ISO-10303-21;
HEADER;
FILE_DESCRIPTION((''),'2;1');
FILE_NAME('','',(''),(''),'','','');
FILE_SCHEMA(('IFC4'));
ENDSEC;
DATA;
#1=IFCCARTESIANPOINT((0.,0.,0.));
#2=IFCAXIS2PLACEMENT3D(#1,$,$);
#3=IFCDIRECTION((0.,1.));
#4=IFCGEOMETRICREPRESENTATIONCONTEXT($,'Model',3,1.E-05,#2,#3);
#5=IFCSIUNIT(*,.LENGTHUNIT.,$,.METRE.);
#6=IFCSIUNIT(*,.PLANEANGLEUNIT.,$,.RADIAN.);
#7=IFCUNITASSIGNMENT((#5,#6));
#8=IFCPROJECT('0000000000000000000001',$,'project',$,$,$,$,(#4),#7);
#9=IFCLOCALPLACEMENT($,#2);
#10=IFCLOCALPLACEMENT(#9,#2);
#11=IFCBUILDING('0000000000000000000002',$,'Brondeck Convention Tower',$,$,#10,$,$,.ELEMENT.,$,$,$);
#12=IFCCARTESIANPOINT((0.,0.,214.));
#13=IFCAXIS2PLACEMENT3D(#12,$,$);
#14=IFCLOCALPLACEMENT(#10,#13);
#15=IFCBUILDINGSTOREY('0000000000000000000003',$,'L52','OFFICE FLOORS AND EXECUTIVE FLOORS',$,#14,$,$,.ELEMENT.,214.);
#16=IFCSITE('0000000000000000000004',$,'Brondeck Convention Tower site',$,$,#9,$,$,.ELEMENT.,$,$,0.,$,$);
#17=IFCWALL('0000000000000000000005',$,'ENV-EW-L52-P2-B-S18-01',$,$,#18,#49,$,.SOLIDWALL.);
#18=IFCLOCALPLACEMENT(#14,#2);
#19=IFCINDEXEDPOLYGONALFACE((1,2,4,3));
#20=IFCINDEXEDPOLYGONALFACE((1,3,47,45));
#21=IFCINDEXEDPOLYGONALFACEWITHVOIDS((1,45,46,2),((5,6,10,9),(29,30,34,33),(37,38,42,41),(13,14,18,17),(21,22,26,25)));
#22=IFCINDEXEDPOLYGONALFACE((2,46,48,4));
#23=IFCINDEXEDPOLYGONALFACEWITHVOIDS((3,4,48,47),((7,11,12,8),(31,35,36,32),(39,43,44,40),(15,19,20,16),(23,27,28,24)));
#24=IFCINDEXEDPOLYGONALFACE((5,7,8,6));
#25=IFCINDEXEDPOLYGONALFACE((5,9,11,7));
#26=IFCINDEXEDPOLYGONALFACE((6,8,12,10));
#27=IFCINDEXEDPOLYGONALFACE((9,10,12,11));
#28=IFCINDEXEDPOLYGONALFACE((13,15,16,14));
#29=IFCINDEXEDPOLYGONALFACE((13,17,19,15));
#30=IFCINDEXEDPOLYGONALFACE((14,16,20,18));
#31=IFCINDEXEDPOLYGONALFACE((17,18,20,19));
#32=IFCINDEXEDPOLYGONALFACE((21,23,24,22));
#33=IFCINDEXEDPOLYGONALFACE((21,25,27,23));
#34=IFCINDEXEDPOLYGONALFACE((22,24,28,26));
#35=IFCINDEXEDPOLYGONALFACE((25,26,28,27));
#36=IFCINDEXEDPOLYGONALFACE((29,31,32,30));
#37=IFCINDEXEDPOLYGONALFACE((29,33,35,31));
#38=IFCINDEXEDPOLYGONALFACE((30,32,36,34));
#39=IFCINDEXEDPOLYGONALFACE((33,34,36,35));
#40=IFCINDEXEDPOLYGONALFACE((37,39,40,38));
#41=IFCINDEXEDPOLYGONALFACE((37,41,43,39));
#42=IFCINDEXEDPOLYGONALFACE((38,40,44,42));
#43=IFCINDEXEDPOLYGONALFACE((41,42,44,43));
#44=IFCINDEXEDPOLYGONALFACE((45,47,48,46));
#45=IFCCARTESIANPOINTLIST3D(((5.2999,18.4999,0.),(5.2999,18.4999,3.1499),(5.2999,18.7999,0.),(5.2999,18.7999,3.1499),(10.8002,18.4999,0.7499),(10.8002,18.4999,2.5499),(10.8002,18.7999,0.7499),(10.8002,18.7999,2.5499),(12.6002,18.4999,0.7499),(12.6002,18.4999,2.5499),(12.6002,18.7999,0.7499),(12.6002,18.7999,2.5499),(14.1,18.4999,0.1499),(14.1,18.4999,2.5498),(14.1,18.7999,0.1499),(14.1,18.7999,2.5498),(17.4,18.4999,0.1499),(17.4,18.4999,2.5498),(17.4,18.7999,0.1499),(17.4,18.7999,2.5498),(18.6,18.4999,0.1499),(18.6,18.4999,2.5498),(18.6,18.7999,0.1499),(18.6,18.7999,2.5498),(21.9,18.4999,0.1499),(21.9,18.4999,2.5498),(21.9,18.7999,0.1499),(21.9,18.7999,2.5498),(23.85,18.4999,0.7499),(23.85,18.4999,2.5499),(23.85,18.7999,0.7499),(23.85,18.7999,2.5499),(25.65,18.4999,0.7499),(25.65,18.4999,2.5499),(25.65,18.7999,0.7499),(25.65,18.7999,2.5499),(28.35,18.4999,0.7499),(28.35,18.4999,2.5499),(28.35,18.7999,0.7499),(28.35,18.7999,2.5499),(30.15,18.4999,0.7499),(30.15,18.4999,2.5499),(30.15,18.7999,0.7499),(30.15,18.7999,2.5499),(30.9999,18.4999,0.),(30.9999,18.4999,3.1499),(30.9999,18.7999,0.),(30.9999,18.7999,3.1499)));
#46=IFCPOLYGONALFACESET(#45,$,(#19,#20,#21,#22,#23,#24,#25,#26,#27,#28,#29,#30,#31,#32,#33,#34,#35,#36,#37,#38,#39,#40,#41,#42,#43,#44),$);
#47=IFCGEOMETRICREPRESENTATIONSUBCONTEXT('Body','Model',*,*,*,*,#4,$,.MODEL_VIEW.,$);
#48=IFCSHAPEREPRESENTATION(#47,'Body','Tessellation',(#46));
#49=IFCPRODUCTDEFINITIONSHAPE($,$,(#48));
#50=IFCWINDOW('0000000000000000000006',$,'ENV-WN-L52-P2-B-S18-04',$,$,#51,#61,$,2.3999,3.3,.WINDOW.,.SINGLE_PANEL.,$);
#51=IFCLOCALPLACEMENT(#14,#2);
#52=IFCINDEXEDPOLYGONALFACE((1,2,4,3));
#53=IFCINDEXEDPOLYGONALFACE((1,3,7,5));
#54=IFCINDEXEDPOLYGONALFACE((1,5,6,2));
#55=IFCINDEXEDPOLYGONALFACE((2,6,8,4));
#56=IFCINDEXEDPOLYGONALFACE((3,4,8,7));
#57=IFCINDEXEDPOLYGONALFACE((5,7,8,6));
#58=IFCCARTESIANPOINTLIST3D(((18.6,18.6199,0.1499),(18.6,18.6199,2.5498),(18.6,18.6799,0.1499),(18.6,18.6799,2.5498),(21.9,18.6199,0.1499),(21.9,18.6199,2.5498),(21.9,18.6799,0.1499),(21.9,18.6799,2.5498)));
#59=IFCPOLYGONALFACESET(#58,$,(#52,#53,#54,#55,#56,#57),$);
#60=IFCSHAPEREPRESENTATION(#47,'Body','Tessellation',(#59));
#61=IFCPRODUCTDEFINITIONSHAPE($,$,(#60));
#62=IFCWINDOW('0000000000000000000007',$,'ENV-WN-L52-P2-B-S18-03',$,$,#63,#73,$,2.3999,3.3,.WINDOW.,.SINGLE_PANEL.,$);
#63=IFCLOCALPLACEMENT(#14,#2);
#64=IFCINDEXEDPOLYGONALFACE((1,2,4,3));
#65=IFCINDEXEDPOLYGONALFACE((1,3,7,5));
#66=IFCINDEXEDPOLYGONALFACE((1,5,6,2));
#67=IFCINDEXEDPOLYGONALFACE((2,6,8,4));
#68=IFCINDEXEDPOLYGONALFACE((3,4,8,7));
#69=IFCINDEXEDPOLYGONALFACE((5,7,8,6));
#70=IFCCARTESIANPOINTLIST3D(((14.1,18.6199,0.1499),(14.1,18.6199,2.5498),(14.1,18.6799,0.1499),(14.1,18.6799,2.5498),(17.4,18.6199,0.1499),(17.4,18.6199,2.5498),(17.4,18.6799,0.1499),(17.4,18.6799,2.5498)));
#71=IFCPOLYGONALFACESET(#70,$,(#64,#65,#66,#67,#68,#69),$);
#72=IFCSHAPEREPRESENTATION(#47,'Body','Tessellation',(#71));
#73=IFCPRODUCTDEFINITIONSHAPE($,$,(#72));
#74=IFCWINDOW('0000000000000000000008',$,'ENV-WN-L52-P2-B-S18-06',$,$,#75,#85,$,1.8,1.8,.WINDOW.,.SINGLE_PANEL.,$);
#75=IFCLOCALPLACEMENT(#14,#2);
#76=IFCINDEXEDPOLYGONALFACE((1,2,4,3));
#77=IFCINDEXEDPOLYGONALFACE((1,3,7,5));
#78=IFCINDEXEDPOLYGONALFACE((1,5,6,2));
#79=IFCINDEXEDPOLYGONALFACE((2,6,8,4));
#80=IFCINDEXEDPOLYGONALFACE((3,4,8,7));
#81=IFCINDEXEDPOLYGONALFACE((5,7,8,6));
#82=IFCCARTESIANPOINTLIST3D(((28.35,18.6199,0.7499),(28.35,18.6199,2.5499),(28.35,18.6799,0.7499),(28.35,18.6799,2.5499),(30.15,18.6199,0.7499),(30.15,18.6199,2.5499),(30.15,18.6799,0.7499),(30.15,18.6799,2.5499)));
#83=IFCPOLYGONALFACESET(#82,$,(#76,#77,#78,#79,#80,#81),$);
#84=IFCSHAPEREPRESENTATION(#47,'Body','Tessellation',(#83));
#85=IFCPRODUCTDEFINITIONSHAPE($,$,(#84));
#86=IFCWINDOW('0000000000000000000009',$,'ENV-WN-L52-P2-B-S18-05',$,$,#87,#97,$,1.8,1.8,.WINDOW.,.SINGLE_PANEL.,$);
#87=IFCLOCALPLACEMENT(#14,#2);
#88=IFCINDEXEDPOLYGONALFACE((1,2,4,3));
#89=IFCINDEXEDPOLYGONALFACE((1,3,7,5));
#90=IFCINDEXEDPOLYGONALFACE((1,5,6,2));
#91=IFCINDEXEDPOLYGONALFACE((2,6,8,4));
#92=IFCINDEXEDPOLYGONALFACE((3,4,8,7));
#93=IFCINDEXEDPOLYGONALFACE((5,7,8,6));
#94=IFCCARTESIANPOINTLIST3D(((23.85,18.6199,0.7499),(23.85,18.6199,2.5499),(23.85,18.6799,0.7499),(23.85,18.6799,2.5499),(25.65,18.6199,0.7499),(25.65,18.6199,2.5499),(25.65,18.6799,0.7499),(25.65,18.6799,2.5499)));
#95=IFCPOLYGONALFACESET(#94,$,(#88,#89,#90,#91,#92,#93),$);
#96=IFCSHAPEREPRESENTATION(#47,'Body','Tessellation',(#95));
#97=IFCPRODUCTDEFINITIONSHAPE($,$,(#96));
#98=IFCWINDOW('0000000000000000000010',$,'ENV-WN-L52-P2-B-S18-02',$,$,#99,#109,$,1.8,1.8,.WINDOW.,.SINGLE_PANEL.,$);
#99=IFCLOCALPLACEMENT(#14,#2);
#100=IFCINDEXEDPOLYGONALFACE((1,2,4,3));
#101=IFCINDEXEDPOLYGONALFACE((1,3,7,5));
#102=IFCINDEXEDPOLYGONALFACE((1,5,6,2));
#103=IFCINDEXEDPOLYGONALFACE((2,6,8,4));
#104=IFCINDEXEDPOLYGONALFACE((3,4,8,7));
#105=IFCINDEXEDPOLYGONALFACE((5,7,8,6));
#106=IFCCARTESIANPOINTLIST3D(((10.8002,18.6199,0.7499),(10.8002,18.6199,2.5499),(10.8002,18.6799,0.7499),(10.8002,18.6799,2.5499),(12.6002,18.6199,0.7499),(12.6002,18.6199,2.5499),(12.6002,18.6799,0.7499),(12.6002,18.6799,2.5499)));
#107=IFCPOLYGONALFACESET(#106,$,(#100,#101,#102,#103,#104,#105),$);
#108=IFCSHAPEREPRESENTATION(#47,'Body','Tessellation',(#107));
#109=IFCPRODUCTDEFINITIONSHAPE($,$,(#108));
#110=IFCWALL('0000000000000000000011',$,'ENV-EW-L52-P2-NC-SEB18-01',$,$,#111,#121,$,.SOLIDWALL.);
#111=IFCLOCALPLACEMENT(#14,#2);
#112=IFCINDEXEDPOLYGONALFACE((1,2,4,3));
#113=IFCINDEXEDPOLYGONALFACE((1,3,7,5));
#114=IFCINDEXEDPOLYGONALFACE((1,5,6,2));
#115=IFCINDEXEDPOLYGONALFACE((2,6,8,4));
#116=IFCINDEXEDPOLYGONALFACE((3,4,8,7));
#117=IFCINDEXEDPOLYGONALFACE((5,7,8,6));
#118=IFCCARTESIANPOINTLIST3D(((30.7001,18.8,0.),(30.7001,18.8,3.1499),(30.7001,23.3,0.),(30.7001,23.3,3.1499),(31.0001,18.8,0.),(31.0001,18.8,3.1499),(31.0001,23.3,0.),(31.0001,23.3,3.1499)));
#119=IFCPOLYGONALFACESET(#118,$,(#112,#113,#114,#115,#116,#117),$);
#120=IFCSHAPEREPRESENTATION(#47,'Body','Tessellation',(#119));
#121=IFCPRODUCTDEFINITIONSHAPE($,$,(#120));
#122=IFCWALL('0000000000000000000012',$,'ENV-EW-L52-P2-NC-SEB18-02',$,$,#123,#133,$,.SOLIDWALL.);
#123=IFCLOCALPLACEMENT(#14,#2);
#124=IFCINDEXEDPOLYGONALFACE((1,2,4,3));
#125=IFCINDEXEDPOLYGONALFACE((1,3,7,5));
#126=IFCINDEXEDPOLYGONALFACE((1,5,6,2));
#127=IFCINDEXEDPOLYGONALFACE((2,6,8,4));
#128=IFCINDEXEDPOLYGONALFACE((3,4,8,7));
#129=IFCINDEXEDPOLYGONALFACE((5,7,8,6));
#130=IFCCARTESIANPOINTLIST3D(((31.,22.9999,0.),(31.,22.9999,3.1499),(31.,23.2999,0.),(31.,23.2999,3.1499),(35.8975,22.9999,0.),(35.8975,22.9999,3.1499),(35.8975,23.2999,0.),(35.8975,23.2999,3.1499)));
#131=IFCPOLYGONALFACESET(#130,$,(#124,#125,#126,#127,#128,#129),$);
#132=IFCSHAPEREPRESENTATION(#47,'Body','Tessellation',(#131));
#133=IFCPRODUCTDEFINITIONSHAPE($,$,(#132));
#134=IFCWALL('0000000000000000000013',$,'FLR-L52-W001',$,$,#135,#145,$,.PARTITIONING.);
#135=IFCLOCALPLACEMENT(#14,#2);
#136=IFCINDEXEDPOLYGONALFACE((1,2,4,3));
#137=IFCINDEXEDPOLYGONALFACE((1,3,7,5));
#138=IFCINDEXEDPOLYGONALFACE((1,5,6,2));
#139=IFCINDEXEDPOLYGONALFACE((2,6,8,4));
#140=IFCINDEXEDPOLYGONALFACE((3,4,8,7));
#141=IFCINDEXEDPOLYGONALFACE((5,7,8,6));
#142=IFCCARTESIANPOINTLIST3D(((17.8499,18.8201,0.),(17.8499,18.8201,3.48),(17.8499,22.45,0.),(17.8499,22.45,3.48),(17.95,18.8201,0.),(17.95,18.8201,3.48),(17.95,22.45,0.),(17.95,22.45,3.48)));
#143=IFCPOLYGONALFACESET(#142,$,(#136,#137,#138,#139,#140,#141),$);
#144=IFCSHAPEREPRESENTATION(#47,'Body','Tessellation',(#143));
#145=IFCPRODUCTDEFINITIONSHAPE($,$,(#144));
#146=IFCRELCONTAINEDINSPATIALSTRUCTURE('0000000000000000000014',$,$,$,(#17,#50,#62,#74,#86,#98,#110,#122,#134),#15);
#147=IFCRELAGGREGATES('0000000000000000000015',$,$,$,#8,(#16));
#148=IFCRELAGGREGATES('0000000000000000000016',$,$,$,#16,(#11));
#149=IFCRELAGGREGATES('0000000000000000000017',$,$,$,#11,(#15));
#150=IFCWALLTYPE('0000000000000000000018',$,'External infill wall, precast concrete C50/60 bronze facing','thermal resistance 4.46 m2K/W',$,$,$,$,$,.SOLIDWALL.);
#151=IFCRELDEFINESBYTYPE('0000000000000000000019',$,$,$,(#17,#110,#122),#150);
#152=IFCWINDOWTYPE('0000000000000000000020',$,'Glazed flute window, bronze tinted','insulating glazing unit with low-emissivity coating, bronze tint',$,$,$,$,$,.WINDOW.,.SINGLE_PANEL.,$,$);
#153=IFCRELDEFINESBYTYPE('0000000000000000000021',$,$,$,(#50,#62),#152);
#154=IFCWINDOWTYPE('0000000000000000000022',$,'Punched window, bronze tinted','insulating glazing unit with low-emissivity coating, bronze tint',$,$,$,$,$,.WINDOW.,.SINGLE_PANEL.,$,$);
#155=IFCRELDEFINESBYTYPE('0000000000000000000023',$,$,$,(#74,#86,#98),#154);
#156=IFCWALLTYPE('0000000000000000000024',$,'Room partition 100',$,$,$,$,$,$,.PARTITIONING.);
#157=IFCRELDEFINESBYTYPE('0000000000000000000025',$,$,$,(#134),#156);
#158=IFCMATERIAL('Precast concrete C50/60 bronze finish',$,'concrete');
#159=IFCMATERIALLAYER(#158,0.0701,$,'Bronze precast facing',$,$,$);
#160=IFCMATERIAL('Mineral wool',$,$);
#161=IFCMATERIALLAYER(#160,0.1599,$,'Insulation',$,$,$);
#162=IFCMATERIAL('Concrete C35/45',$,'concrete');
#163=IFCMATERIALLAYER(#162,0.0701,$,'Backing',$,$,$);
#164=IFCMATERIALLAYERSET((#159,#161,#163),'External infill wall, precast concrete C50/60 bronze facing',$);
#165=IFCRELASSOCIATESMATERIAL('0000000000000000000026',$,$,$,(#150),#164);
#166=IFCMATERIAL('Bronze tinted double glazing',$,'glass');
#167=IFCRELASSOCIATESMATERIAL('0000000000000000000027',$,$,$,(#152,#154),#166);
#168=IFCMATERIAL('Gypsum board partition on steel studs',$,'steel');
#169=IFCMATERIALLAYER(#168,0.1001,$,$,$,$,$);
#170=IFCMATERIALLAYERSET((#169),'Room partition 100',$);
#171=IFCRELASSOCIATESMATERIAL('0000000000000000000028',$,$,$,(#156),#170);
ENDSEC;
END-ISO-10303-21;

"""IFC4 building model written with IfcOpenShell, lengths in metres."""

from ifc_helpers import new_model, si_unit, direction, frame, frame_2d, origin, place, context, subcontext, project, spatial, rectangle, extrude, material, layer, layer_set, type_object, element, fill, save


model = new_model("IFC4")

# Units and contexts
model_context = context("Model", 3, precision=1e-05, world=origin(), true_north=direction((0.0, 1.0)))
body_context = subcontext(model_context, "Body", "Model", "MODEL_VIEW")
ifc_project = project(units=[si_unit("LENGTHUNIT", "METRE"), si_unit("PLANEANGLEUNIT", "RADIAN")], contexts=[model_context])

# Site, building, storey
site_placement = place(None, origin())
site = spatial("IfcSite", under=ifc_project, at=site_placement, Name="Brondeck Convention Tower site", CompositionType="ELEMENT", RefElevation=0.0)
building_placement = place(site_placement, origin())
building = spatial("IfcBuilding", under=site, at=building_placement, Name="Brondeck Convention Tower", CompositionType="ELEMENT")
storey_placement = place(building_placement, frame((0.0, 0.0, 214.0)))
storey = spatial("IfcBuildingStorey", under=building, at=storey_placement, Name="L52", Description="OFFICE FLOORS AND EXECUTIVE FLOORS", CompositionType="ELEMENT", Elevation=214.0)

# Wall, openings, windows
ifc_material_1 = material(Name="Precast concrete C50/60 bronze finish", Category="concrete")
ifc_layer_1 = layer(ifc_material_1, 0.0701, Name="Bronze precast facing")
ifc_material_2 = material(Name="Mineral wool")
ifc_layer_2 = layer(ifc_material_2, 0.1599, Name="Insulation")
ifc_material_3 = material(Name="Concrete C35/45", Category="concrete")
ifc_layer_3 = layer(ifc_material_3, 0.0701, Name="Backing")
ifc_layer_set_1 = layer_set([ifc_layer_1, ifc_layer_2, ifc_layer_3], Name="External infill wall, precast concrete C50/60 bronze facing")
wall_type_1 = type_object("IfcWallType", Name="External infill wall, precast concrete C50/60 bronze facing", Description="thermal resistance 4.46 m2K/W", PredefinedType="SOLIDWALL", material=ifc_layer_set_1)
wall_1_placement = place(storey_placement, frame((31.0, 18.6499, 0.0), z_axis=(0.0, 0.0, 1.0), x_axis=(-1.0, 0.0, 0.0)))
wall_1 = element("IfcWall", 1, at=wall_1_placement, inside=storey, type_object=wall_type_1, Name="ENV-EW-L52-P2-B-S18-01", PredefinedType="SOLIDWALL", context=body_context, shape_type="SweptSolid", body=[
    extrude(rectangle(XDim=25.7, YDim=0.3, at=frame_2d((12.8501, 0.0))), origin(), (0.0, 0.0, 1.0), 3.1499),
])
opening_1_placement = place(wall_1_placement, frame((0.8501, 0.0, 0.75)))
opening_1 = element("IfcOpeningElement", 2, at=opening_1_placement, cuts=wall_1, PredefinedType="OPENING", context=body_context, shape_type="SweptSolid", body=[
    extrude(rectangle(XDim=1.8, YDim=1.8, at=frame_2d((0.8999, 0.8999))), frame((0.0, 0.1599, 0.0), z_axis=(0.0, -1.0, 0.0), x_axis=(1.0, 0.0, 0.0)), (0.0, 0.0, 1.0), 0.3201),
])
opening_2_placement = place(wall_1_placement, frame((5.3501, 0.0, 0.75)))
opening_2 = element("IfcOpeningElement", 3, at=opening_2_placement, cuts=wall_1, PredefinedType="OPENING", context=body_context, shape_type="SweptSolid", body=[
    extrude(rectangle(XDim=1.8, YDim=1.8, at=frame_2d((0.8999, 0.8999))), frame((0.0, 0.1599, 0.0), z_axis=(0.0, -1.0, 0.0), x_axis=(1.0, 0.0, 0.0)), (0.0, 0.0, 1.0), 0.3201),
])
opening_3_placement = place(wall_1_placement, frame((9.1001, 0.0, 0.1499)))
opening_3 = element("IfcOpeningElement", 4, at=opening_3_placement, cuts=wall_1, PredefinedType="OPENING", context=body_context, shape_type="SweptSolid", body=[
    extrude(rectangle(XDim=3.3, YDim=2.3999, at=frame_2d((1.6499, 1.2))), frame((0.0, 0.1599, 0.0), z_axis=(0.0, -1.0, 0.0), x_axis=(1.0, 0.0, 0.0)), (0.0, 0.0, 1.0), 0.3201),
])
opening_4_placement = place(wall_1_placement, frame((13.6001, 0.0, 0.1499)))
opening_4 = element("IfcOpeningElement", 5, at=opening_4_placement, cuts=wall_1, PredefinedType="OPENING", context=body_context, shape_type="SweptSolid", body=[
    extrude(rectangle(XDim=3.3, YDim=2.3999, at=frame_2d((1.6499, 1.2))), frame((0.0, 0.1599, 0.0), z_axis=(0.0, -1.0, 0.0), x_axis=(1.0, 0.0, 0.0)), (0.0, 0.0, 1.0), 0.3201),
])
opening_5_placement = place(wall_1_placement, frame((18.3999, 0.0, 0.75)))
opening_5 = element("IfcOpeningElement", 6, at=opening_5_placement, cuts=wall_1, PredefinedType="OPENING", context=body_context, shape_type="SweptSolid", body=[
    extrude(rectangle(XDim=1.8, YDim=1.8, at=frame_2d((0.8999, 0.8999))), frame((0.0, 0.1599, 0.0), z_axis=(0.0, -1.0, 0.0), x_axis=(1.0, 0.0, 0.0)), (0.0, 0.0, 1.0), 0.3201),
])
ifc_material_4 = material(Name="Bronze tinted double glazing", Category="glass")
window_type_1 = type_object("IfcWindowType", Name="Glazed flute window, bronze tinted", Description="insulating glazing unit with low-emissivity coating, bronze tint", PartitioningType="SINGLE_PANEL", PredefinedType="WINDOW", material=ifc_material_4)
window_1_placement = place(opening_3_placement, origin())
window_1 = element("IfcWindow", 7, at=window_1_placement, inside=storey, type_object=window_type_1, Name="ENV-WN-L52-P2-B-S18-04", OverallHeight=2.3999, OverallWidth=3.3, PartitioningType="SINGLE_PANEL", PredefinedType="WINDOW", context=body_context, shape_type="SweptSolid", body=[
    extrude(rectangle(XDim=3.3, YDim=2.3999, at=frame_2d((1.6499, 1.2))), frame((0.0, 0.03, 0.0), z_axis=(0.0, -1.0, 0.0), x_axis=(1.0, 0.0, 0.0)), (0.0, 0.0, 1.0), 0.0601),
])
fill(opening_3, window_1)
window_2_placement = place(opening_4_placement, origin())
window_2 = element("IfcWindow", 8, at=window_2_placement, inside=storey, type_object=window_type_1, Name="ENV-WN-L52-P2-B-S18-03", OverallHeight=2.3999, OverallWidth=3.3, PartitioningType="SINGLE_PANEL", PredefinedType="WINDOW", context=body_context, shape_type="SweptSolid", body=[
    extrude(rectangle(XDim=3.3, YDim=2.3999, at=frame_2d((1.6499, 1.2))), frame((0.0, 0.03, 0.0), z_axis=(0.0, -1.0, 0.0), x_axis=(1.0, 0.0, 0.0)), (0.0, 0.0, 1.0), 0.0601),
])
fill(opening_4, window_2)
window_type_2 = type_object("IfcWindowType", Name="Punched window, bronze tinted", Description="insulating glazing unit with low-emissivity coating, bronze tint", PartitioningType="SINGLE_PANEL", PredefinedType="WINDOW", material=ifc_material_4)
window_3_placement = place(opening_1_placement, origin())
window_3 = element("IfcWindow", 9, at=window_3_placement, inside=storey, type_object=window_type_2, Name="ENV-WN-L52-P2-B-S18-06", OverallHeight=1.8, OverallWidth=1.8, PartitioningType="SINGLE_PANEL", PredefinedType="WINDOW", context=body_context, shape_type="SweptSolid", body=[
    extrude(rectangle(XDim=1.8, YDim=1.8, at=frame_2d((0.8999, 0.8999))), frame((0.0, 0.03, 0.0), z_axis=(0.0, -1.0, 0.0), x_axis=(1.0, 0.0, 0.0)), (0.0, 0.0, 1.0), 0.0601),
])
fill(opening_1, window_3)
window_4_placement = place(opening_2_placement, origin())
window_4 = element("IfcWindow", 10, at=window_4_placement, inside=storey, type_object=window_type_2, Name="ENV-WN-L52-P2-B-S18-05", OverallHeight=1.8, OverallWidth=1.8, PartitioningType="SINGLE_PANEL", PredefinedType="WINDOW", context=body_context, shape_type="SweptSolid", body=[
    extrude(rectangle(XDim=1.8, YDim=1.8, at=frame_2d((0.8999, 0.8999))), frame((0.0, 0.03, 0.0), z_axis=(0.0, -1.0, 0.0), x_axis=(1.0, 0.0, 0.0)), (0.0, 0.0, 1.0), 0.0601),
])
fill(opening_2, window_4)
window_5_placement = place(opening_5_placement, origin())
window_5 = element("IfcWindow", 11, at=window_5_placement, inside=storey, type_object=window_type_2, Name="ENV-WN-L52-P2-B-S18-02", OverallHeight=1.8, OverallWidth=1.8, PartitioningType="SINGLE_PANEL", PredefinedType="WINDOW", context=body_context, shape_type="SweptSolid", body=[
    extrude(rectangle(XDim=1.8, YDim=1.8, at=frame_2d((0.8999, 0.8999))), frame((0.0, 0.03, 0.0), z_axis=(0.0, -1.0, 0.0), x_axis=(1.0, 0.0, 0.0)), (0.0, 0.0, 1.0), 0.0601),
])
fill(opening_5, window_5)

# Walls
wall_2_placement = place(storey_placement, frame((30.8501, 23.3, 0.0), z_axis=(0.0, 0.0, 1.0), x_axis=(0.0, -1.0, 0.0)))
element("IfcWall", 12, at=wall_2_placement, inside=storey, type_object=wall_type_1, Name="ENV-EW-L52-P2-NC-SEB18-01", PredefinedType="SOLIDWALL", context=body_context, shape_type="SweptSolid", body=[
    extrude(rectangle(XDim=4.5, YDim=0.3, at=frame_2d((2.25, 0.0))), origin(), (0.0, 0.0, 1.0), 3.1499),
])
wall_3_placement = place(storey_placement, frame((35.8975, 23.1499, 0.0), z_axis=(0.0, 0.0, 1.0), x_axis=(-1.0, 0.0, 0.0)))
element("IfcWall", 13, at=wall_3_placement, inside=storey, type_object=wall_type_1, Name="ENV-EW-L52-P2-NC-SEB18-02", PredefinedType="SOLIDWALL", context=body_context, shape_type="SweptSolid", body=[
    extrude(rectangle(XDim=4.8975, YDim=0.3, at=frame_2d((2.4487, 0.0))), origin(), (0.0, 0.0, 1.0), 3.1499),
])
ifc_material_5 = material(Name="Gypsum board partition on steel studs", Category="steel")
ifc_layer_4 = layer(ifc_material_5, 0.1001)
ifc_layer_set_2 = layer_set([ifc_layer_4], Name="Room partition 100")
wall_type_2 = type_object("IfcWallType", Name="Room partition 100", PredefinedType="PARTITIONING", material=ifc_layer_set_2)
wall_4_placement = place(storey_placement, frame((17.8999, 22.45, 0.0), z_axis=(0.0, 0.0, 1.0), x_axis=(0.0, -1.0, 0.0)))
element("IfcWall", 14, at=wall_4_placement, inside=storey, type_object=wall_type_2, Name="FLR-L52-W001", PredefinedType="PARTITIONING", context=body_context, shape_type="SweptSolid", body=[
    extrude(rectangle(XDim=3.6299, YDim=0.1001, at=frame_2d((1.8149, 0.0))), origin(), (0.0, 0.0, 1.0), 3.48),
])

save(model, "model.ifc")
